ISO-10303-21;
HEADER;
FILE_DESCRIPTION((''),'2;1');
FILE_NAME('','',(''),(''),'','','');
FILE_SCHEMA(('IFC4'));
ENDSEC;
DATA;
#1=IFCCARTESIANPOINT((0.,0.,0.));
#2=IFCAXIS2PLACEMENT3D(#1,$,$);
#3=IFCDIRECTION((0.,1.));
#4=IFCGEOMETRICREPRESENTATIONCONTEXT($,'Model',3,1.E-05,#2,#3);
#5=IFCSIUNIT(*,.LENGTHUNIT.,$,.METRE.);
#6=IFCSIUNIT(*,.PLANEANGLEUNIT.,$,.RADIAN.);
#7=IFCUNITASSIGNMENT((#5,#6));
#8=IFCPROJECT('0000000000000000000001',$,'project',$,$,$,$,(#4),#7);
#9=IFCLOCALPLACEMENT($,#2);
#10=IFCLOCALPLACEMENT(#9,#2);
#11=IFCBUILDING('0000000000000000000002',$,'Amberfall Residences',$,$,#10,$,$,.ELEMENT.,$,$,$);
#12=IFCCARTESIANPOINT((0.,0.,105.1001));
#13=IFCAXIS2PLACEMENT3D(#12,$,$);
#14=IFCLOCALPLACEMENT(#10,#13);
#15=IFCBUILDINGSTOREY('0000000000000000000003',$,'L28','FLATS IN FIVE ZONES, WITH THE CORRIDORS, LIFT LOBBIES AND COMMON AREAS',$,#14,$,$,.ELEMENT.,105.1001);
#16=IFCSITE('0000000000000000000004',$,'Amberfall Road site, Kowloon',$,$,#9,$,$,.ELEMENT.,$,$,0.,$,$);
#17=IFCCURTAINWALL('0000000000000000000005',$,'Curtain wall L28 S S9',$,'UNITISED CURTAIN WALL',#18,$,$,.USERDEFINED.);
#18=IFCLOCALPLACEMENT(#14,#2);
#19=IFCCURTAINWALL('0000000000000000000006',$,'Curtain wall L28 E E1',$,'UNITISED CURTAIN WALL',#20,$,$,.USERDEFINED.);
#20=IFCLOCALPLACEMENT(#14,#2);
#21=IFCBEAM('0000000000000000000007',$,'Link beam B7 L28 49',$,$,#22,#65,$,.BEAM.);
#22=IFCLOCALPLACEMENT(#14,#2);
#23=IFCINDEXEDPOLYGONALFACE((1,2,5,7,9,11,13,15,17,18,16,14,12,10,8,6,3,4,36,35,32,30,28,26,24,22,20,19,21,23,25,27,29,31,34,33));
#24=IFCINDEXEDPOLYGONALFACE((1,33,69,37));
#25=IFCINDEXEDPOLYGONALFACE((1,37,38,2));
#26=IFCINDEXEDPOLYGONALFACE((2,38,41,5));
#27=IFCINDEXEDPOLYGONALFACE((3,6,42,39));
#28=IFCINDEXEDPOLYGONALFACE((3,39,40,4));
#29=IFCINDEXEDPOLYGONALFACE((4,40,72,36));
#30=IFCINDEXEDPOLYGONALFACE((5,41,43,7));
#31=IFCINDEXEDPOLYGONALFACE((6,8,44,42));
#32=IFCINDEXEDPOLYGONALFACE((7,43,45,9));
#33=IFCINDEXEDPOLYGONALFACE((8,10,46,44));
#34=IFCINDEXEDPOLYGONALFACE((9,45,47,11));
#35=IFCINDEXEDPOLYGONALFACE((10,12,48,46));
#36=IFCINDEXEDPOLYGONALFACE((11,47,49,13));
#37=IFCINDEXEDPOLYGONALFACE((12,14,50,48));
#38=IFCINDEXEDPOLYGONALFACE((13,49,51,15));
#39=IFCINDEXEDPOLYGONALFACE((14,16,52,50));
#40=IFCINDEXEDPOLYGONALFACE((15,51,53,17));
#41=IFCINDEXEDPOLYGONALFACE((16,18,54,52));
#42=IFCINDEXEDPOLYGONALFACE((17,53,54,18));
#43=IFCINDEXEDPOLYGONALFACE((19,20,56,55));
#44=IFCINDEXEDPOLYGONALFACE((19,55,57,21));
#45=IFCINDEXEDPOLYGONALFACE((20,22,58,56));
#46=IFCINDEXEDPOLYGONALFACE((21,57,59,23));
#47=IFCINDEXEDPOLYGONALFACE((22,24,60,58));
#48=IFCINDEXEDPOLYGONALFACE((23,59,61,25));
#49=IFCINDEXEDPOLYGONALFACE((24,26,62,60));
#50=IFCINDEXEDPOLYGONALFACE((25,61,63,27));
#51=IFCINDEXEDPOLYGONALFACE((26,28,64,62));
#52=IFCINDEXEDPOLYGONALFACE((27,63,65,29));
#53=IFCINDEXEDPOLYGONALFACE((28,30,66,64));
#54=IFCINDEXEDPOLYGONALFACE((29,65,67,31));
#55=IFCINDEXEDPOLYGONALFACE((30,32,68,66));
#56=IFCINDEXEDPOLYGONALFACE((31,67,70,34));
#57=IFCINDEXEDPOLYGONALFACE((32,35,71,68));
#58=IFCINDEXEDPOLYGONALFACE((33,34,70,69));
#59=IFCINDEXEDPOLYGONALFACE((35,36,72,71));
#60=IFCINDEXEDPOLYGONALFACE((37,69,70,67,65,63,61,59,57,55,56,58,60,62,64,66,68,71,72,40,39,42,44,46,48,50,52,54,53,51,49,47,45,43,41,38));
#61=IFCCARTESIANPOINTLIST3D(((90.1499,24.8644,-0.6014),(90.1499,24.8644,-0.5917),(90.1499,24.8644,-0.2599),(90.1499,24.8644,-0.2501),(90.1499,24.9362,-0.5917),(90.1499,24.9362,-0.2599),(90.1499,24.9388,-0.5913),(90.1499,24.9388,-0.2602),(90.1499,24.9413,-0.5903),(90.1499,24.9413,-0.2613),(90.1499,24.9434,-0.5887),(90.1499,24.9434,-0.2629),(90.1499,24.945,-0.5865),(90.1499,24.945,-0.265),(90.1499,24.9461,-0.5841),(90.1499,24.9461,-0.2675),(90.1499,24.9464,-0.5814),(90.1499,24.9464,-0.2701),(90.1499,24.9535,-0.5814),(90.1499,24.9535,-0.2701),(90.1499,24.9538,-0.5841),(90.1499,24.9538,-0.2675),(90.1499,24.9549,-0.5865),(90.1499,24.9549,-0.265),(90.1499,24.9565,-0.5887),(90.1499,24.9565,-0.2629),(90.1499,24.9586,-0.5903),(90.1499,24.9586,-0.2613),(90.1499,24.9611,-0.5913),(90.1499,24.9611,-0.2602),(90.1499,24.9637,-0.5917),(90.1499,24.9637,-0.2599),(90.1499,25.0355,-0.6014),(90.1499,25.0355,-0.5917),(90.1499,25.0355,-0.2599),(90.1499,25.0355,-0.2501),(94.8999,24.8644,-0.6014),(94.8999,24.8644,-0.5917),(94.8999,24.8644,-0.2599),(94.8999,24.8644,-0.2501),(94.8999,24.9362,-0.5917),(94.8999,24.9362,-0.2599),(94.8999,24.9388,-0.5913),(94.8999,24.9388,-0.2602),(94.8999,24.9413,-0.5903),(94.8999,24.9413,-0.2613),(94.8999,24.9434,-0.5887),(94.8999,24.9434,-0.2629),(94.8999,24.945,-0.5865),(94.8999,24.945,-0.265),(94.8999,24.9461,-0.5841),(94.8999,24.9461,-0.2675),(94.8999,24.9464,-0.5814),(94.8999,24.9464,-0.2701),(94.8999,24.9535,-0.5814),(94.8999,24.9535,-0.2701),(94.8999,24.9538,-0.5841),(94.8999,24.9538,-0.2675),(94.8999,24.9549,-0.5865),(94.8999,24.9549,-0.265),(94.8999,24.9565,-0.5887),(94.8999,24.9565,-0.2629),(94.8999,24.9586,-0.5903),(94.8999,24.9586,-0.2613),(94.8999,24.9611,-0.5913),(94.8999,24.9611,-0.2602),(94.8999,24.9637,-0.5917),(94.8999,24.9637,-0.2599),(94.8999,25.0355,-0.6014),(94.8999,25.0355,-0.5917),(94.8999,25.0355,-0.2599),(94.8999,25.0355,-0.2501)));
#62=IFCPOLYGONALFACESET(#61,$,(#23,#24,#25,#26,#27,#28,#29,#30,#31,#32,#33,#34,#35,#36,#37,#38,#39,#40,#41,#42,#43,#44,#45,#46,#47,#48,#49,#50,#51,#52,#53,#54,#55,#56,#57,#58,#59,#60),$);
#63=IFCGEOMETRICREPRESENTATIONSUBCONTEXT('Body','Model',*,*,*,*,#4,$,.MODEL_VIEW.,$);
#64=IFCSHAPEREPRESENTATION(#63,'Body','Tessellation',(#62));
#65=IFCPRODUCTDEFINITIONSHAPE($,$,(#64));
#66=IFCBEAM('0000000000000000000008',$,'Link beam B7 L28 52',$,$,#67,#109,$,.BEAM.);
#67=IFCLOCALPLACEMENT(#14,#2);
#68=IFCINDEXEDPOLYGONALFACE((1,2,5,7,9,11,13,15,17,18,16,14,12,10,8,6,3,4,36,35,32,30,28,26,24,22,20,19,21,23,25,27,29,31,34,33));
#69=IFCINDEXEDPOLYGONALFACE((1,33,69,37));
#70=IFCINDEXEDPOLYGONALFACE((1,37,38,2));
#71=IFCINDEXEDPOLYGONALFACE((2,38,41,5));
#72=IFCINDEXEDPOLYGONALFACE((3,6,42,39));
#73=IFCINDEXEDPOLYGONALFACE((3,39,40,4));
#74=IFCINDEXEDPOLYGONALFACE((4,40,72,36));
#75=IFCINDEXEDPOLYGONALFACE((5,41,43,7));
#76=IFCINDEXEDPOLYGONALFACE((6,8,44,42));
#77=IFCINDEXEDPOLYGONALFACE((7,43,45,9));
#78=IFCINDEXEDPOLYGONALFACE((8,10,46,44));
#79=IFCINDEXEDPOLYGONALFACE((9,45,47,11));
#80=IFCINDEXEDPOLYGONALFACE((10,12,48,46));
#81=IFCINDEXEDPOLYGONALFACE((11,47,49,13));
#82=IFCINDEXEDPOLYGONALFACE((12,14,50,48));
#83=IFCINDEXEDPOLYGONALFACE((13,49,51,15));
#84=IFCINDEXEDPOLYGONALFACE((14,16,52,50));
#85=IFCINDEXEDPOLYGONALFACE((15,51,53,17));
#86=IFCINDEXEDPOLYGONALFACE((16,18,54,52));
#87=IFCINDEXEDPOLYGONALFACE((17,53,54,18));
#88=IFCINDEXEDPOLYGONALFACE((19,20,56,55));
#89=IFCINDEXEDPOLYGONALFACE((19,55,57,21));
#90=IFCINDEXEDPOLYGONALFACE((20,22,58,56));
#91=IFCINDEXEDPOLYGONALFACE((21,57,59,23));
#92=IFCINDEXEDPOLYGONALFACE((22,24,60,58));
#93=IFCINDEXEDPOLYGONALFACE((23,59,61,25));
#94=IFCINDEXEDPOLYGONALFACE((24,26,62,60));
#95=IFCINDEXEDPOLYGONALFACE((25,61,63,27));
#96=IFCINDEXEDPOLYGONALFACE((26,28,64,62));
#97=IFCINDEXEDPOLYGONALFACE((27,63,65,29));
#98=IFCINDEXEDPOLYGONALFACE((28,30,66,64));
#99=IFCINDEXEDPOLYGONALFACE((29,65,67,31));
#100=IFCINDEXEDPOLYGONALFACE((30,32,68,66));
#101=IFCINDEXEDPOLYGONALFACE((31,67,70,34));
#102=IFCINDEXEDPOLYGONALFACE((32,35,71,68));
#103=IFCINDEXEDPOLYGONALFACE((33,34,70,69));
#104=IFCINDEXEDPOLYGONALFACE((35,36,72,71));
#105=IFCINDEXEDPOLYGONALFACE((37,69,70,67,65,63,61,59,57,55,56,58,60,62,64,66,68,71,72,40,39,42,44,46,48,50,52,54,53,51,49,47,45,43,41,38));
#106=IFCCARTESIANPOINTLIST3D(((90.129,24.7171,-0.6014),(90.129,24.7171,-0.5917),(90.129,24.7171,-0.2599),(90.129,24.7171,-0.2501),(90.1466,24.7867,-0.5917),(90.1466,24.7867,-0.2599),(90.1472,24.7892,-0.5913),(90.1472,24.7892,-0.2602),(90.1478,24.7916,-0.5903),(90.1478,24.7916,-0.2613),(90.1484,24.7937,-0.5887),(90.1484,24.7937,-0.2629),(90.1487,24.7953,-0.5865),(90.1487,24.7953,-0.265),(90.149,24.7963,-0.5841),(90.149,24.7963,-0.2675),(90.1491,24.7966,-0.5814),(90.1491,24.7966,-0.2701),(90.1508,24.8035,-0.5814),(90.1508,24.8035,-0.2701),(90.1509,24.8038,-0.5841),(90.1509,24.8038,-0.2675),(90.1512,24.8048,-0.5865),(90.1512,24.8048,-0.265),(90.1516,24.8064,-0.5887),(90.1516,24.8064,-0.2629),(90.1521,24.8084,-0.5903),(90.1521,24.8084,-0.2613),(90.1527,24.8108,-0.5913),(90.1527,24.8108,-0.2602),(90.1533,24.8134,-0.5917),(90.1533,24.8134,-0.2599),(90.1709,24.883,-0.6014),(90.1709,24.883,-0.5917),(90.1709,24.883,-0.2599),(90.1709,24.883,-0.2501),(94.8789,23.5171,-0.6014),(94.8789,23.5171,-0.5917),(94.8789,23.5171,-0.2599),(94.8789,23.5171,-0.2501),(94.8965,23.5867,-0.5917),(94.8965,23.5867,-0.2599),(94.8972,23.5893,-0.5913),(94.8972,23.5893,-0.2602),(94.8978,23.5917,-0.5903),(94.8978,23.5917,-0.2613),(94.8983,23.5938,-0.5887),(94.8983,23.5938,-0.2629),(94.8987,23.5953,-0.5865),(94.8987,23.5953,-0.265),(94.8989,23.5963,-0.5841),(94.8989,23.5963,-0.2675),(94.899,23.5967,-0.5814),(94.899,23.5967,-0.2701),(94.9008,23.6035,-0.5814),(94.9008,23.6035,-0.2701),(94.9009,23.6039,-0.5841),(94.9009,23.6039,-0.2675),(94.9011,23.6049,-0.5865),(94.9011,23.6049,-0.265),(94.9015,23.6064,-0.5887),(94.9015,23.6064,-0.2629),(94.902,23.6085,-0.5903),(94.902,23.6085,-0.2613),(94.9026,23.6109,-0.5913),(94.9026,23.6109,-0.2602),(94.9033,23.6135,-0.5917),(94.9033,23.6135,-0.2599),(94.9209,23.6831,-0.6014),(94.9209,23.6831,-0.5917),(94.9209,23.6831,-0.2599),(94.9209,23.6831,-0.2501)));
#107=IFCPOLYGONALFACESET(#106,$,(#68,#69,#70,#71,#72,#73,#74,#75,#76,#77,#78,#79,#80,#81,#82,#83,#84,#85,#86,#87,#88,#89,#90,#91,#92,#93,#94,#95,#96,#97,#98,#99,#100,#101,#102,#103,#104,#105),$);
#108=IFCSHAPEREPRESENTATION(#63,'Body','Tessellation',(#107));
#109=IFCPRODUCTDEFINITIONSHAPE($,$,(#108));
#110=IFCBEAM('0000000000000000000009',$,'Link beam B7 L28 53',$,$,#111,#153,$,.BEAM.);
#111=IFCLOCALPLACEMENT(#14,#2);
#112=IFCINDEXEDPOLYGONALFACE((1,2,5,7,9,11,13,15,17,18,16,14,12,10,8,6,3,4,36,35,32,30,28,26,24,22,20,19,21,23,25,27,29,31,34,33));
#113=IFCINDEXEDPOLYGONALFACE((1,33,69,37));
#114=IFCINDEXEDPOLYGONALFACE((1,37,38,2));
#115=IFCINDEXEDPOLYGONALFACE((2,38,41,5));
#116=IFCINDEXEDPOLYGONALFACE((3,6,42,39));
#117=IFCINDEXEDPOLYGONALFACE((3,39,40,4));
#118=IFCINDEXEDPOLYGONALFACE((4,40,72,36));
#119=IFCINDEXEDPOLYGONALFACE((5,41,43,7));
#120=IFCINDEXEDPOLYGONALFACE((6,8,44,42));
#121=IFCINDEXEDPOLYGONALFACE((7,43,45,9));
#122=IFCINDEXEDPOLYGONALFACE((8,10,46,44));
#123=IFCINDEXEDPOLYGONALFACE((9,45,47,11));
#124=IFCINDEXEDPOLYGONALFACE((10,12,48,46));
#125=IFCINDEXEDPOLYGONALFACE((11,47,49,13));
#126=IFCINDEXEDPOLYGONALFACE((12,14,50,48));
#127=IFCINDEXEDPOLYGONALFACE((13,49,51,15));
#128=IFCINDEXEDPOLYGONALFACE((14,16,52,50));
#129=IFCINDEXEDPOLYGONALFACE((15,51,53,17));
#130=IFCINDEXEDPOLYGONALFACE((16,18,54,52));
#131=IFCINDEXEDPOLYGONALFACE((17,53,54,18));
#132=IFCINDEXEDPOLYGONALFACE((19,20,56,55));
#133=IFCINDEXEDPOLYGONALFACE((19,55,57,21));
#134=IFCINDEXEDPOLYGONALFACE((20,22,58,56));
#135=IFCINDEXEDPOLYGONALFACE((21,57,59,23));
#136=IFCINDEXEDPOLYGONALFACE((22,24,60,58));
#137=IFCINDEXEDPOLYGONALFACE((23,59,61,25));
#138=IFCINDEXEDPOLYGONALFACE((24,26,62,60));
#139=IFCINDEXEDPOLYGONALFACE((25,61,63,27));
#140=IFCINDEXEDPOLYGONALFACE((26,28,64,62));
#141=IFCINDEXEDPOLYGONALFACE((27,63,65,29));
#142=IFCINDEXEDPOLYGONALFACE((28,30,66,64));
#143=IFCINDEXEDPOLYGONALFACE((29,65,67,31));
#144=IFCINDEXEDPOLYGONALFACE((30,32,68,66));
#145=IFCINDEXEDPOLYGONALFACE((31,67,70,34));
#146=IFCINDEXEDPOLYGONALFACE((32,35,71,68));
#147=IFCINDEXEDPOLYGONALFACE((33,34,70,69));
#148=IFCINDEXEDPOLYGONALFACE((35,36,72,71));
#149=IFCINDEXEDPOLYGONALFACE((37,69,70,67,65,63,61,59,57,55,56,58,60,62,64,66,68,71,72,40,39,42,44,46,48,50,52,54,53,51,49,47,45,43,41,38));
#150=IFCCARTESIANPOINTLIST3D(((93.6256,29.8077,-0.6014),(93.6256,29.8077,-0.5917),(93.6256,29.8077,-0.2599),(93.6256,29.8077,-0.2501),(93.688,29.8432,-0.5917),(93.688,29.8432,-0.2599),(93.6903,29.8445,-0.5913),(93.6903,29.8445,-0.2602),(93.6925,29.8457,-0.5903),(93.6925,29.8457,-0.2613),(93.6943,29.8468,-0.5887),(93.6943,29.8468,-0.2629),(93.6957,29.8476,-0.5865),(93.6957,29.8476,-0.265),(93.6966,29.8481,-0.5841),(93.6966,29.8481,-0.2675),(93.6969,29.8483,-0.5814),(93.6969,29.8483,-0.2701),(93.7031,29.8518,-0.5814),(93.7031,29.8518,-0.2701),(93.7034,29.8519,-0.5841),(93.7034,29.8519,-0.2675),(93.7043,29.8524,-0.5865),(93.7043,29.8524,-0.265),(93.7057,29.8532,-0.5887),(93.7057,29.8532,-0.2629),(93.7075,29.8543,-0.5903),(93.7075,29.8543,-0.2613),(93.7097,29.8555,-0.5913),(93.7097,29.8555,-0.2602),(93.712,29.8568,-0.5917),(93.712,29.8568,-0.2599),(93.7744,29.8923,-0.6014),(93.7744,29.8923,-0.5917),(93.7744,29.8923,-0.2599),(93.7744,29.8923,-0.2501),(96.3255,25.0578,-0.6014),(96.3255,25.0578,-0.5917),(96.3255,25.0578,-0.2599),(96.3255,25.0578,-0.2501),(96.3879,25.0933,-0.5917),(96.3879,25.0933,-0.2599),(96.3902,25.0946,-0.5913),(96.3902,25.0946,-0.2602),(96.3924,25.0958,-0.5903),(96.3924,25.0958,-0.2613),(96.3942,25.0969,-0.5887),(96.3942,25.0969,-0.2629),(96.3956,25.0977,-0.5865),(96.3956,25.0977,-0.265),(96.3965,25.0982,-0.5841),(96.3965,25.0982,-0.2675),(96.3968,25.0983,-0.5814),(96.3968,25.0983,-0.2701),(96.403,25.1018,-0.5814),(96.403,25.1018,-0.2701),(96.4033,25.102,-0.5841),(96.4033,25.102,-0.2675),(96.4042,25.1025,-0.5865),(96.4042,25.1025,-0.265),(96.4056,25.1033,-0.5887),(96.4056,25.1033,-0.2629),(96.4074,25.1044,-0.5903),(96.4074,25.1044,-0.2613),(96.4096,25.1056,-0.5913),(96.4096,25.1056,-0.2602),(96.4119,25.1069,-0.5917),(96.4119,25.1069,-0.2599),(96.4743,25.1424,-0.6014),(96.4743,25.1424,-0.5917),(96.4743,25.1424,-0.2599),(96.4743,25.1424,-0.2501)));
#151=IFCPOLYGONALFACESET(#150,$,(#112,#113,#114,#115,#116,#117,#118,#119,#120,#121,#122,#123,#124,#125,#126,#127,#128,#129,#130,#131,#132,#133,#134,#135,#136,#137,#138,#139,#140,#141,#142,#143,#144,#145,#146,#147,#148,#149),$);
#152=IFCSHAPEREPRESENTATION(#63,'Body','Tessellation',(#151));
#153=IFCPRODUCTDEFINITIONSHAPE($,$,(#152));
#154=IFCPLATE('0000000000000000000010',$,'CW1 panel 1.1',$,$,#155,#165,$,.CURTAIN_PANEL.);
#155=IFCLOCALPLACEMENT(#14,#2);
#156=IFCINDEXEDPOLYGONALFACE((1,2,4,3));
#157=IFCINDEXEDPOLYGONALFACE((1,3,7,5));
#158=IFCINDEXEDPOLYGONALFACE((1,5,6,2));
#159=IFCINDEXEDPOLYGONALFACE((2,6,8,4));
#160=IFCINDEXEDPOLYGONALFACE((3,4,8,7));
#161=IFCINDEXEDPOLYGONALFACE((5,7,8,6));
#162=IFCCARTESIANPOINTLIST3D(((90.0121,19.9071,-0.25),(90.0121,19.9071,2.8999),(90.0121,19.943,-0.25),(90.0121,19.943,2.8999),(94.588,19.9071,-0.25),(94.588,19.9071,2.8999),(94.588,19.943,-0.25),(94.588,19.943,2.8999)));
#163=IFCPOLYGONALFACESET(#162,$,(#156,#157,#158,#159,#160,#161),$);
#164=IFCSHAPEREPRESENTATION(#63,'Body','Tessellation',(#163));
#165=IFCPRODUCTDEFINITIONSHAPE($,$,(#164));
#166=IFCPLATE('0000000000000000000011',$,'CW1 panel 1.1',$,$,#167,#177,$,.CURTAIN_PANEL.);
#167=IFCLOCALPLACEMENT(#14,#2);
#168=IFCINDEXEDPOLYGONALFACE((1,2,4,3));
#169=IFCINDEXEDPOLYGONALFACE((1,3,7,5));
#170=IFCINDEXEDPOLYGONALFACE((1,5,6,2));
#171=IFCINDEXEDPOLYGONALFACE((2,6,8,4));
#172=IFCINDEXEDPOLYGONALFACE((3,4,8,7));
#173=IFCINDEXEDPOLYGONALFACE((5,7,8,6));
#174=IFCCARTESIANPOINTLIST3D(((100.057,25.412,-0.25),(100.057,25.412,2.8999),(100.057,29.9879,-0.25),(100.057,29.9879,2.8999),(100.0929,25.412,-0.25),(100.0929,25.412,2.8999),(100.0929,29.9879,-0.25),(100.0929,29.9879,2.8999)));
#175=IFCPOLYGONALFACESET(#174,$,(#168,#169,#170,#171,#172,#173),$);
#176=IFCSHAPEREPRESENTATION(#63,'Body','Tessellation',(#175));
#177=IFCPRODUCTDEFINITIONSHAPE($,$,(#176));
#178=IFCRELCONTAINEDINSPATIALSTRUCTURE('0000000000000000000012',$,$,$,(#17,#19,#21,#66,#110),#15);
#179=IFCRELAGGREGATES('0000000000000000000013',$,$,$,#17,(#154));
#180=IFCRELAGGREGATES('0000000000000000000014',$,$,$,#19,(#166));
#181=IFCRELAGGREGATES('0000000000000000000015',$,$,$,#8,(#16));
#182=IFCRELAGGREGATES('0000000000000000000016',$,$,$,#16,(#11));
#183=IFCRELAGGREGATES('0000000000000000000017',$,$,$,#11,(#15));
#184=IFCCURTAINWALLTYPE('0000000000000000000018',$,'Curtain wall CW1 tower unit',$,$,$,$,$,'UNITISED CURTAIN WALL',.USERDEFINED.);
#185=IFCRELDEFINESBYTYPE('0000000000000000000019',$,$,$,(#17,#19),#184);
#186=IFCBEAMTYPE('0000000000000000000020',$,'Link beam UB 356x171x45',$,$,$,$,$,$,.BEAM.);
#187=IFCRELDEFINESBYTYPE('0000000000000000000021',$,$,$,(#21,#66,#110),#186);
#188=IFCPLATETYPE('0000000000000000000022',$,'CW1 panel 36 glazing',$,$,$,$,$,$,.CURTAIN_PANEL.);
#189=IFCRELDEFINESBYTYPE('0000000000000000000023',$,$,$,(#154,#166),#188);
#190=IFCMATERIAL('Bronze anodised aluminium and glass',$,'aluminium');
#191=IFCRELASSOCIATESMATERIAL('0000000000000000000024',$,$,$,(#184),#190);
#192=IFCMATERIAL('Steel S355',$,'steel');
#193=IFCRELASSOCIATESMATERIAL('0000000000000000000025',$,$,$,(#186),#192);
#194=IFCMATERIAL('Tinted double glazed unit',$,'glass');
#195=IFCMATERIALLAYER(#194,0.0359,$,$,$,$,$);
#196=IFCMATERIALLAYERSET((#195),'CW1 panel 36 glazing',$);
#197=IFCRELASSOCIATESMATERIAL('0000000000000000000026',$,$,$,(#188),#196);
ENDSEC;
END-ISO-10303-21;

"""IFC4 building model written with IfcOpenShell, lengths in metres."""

from ifc_helpers import new_model, si_unit, direction, frame, origin, origin_2d, place, context, subcontext, project, spatial, rectangle, i_section, extrude, material, layer, layer_set, material_profile, profile_set, type_object, element, aggregate, save


model = new_model("IFC4")

# Units and contexts
model_context = context("Model", 3, precision=1e-05, world=origin(), true_north=direction((0.0, 1.0)))
body_context = subcontext(model_context, "Body", "Model", "MODEL_VIEW")
ifc_project = project(units=[si_unit("LENGTHUNIT", "METRE"), si_unit("PLANEANGLEUNIT", "RADIAN")], contexts=[model_context])

# Site, building, storey
site_placement = place(None, origin())
site = spatial("IfcSite", under=ifc_project, at=site_placement, Name="Amberfall Road site, Kowloon", CompositionType="ELEMENT", RefElevation=0.0)
building_placement = place(site_placement, origin())
building = spatial("IfcBuilding", under=site, at=building_placement, Name="Amberfall Residences", CompositionType="ELEMENT")
storey_placement = place(building_placement, frame((0.0, 0.0, 105.1001)))
storey = spatial("IfcBuildingStorey", under=building, at=storey_placement, Name="L28", Description="FLATS IN FIVE ZONES, WITH THE CORRIDORS, LIFT LOBBIES AND COMMON AREAS", CompositionType="ELEMENT", Elevation=105.1001)

# Curtain walls
ifc_material_1 = material(Name="Bronze anodised aluminium and glass", Category="aluminium")
curtain_wall_type = type_object("IfcCurtainWallType", Name="Curtain wall CW1 tower unit", ElementType="UNITISED CURTAIN WALL", PredefinedType="USERDEFINED", material=ifc_material_1)
curtain_wall_1_placement = place(storey_placement, origin())
curtain_wall_1 = element("IfcCurtainWall", 1, at=curtain_wall_1_placement, inside=storey, type_object=curtain_wall_type, Name="Curtain wall L28 S S9", ObjectType="UNITISED CURTAIN WALL", PredefinedType="USERDEFINED")
curtain_wall_2_placement = place(storey_placement, origin())
curtain_wall_2 = element("IfcCurtainWall", 2, at=curtain_wall_2_placement, inside=storey, type_object=curtain_wall_type, Name="Curtain wall L28 E E1", ObjectType="UNITISED CURTAIN WALL", PredefinedType="USERDEFINED")

# Beams
ifc_material_2 = material(Name="Steel S355", Category="steel")
ifc_material_profile_1 = material_profile(ifc_material_2, i_section(OverallWidth=0.1711, OverallDepth=0.3513, WebThickness=0.0071, FlangeThickness=0.0098, FilletRadius=0.0103, at=origin_2d()), Name="UB 356x171x45")
ifc_profile_set_1 = profile_set([ifc_material_profile_1], Name="Steel S355")
beam_type_1 = type_object("IfcBeamType", Name="Link beam UB 356x171x45", PredefinedType="BEAM", material=ifc_profile_set_1)
beam_1_placement = place(storey_placement, frame((90.1499, 24.95, -0.4258), z_axis=(1.0, 0.0, 0.0), x_axis=(0.0, 1.0, 0.0)))
element("IfcBeam", 3, at=beam_1_placement, inside=storey, type_object=beam_type_1, Name="Link beam B7 L28 49", PredefinedType="BEAM", context=body_context, shape_type="SweptSolid", body=[
    extrude(i_section(OverallWidth=0.1711, OverallDepth=0.3513, WebThickness=0.0071, FlangeThickness=0.0098, FilletRadius=0.0103, at=origin_2d()), origin(), (0.0, 0.0, 1.0), 4.75),
])
beam_2_placement = place(storey_placement, frame((94.8999, 23.6001, -0.4258), z_axis=(-0.969542, 0.244927, 0.0), x_axis=(-0.244927, -0.969542, 0.0)))
element("IfcBeam", 4, at=beam_2_placement, inside=storey, type_object=beam_type_1, Name="Link beam B7 L28 52", PredefinedType="BEAM", context=body_context, shape_type="SweptSolid", body=[
    extrude(i_section(OverallWidth=0.1711, OverallDepth=0.3513, WebThickness=0.0071, FlangeThickness=0.0098, FilletRadius=0.0103, at=origin_2d()), origin(), (0.0, 0.0, 1.0), 4.8992),
])
beam_3_placement = place(storey_placement, frame((96.3999, 25.1001, -0.4258), z_axis=(-0.49416, 0.869371, 0.0), x_axis=(-0.869371, -0.49416, 0.0)))
element("IfcBeam", 5, at=beam_3_placement, inside=storey, type_object=beam_type_1, Name="Link beam B7 L28 53", PredefinedType="BEAM", context=body_context, shape_type="SweptSolid", body=[
    extrude(i_section(OverallWidth=0.1711, OverallDepth=0.3513, WebThickness=0.0071, FlangeThickness=0.0098, FilletRadius=0.0103, at=origin_2d()), origin(), (0.0, 0.0, 1.0), 5.4636),
])

# Plates
ifc_material_3 = material(Name="Tinted double glazed unit", Category="glass")
ifc_layer_1 = layer(ifc_material_3, 0.0359)
ifc_layer_set_1 = layer_set([ifc_layer_1], Name="CW1 panel 36 glazing")
plate_type = type_object("IfcPlateType", Name="CW1 panel 36 glazing", PredefinedType="CURTAIN_PANEL", material=ifc_layer_set_1)
plate_1_placement = place(storey_placement, frame((92.3, 19.925, -0.25), z_axis=(0.0, 0.0, 1.0), x_axis=(1.0, 0.0, 0.0)))
plate_1 = element("IfcPlate", 6, at=plate_1_placement, type_object=plate_type, Name="CW1 panel 1.1", PredefinedType="CURTAIN_PANEL", context=body_context, shape_type="SweptSolid", body=[
    extrude(rectangle(XDim=4.5759, YDim=0.0359, at=origin_2d()), origin(), (0.0, 0.0, 1.0), 3.1499),
])
aggregate(curtain_wall_1, [plate_1])
plate_2_placement = place(storey_placement, frame((100.075, 27.7, -0.25), z_axis=(0.0, 0.0, 1.0), x_axis=(0.0, 1.0, 0.0)))
plate_2 = element("IfcPlate", 7, at=plate_2_placement, type_object=plate_type, Name="CW1 panel 1.1", PredefinedType="CURTAIN_PANEL", context=body_context, shape_type="SweptSolid", body=[
    extrude(rectangle(XDim=4.5759, YDim=0.0359, at=origin_2d()), origin(), (0.0, 0.0, 1.0), 3.1499),
])
aggregate(curtain_wall_2, [plate_2])

save(model, "model.ifc")
